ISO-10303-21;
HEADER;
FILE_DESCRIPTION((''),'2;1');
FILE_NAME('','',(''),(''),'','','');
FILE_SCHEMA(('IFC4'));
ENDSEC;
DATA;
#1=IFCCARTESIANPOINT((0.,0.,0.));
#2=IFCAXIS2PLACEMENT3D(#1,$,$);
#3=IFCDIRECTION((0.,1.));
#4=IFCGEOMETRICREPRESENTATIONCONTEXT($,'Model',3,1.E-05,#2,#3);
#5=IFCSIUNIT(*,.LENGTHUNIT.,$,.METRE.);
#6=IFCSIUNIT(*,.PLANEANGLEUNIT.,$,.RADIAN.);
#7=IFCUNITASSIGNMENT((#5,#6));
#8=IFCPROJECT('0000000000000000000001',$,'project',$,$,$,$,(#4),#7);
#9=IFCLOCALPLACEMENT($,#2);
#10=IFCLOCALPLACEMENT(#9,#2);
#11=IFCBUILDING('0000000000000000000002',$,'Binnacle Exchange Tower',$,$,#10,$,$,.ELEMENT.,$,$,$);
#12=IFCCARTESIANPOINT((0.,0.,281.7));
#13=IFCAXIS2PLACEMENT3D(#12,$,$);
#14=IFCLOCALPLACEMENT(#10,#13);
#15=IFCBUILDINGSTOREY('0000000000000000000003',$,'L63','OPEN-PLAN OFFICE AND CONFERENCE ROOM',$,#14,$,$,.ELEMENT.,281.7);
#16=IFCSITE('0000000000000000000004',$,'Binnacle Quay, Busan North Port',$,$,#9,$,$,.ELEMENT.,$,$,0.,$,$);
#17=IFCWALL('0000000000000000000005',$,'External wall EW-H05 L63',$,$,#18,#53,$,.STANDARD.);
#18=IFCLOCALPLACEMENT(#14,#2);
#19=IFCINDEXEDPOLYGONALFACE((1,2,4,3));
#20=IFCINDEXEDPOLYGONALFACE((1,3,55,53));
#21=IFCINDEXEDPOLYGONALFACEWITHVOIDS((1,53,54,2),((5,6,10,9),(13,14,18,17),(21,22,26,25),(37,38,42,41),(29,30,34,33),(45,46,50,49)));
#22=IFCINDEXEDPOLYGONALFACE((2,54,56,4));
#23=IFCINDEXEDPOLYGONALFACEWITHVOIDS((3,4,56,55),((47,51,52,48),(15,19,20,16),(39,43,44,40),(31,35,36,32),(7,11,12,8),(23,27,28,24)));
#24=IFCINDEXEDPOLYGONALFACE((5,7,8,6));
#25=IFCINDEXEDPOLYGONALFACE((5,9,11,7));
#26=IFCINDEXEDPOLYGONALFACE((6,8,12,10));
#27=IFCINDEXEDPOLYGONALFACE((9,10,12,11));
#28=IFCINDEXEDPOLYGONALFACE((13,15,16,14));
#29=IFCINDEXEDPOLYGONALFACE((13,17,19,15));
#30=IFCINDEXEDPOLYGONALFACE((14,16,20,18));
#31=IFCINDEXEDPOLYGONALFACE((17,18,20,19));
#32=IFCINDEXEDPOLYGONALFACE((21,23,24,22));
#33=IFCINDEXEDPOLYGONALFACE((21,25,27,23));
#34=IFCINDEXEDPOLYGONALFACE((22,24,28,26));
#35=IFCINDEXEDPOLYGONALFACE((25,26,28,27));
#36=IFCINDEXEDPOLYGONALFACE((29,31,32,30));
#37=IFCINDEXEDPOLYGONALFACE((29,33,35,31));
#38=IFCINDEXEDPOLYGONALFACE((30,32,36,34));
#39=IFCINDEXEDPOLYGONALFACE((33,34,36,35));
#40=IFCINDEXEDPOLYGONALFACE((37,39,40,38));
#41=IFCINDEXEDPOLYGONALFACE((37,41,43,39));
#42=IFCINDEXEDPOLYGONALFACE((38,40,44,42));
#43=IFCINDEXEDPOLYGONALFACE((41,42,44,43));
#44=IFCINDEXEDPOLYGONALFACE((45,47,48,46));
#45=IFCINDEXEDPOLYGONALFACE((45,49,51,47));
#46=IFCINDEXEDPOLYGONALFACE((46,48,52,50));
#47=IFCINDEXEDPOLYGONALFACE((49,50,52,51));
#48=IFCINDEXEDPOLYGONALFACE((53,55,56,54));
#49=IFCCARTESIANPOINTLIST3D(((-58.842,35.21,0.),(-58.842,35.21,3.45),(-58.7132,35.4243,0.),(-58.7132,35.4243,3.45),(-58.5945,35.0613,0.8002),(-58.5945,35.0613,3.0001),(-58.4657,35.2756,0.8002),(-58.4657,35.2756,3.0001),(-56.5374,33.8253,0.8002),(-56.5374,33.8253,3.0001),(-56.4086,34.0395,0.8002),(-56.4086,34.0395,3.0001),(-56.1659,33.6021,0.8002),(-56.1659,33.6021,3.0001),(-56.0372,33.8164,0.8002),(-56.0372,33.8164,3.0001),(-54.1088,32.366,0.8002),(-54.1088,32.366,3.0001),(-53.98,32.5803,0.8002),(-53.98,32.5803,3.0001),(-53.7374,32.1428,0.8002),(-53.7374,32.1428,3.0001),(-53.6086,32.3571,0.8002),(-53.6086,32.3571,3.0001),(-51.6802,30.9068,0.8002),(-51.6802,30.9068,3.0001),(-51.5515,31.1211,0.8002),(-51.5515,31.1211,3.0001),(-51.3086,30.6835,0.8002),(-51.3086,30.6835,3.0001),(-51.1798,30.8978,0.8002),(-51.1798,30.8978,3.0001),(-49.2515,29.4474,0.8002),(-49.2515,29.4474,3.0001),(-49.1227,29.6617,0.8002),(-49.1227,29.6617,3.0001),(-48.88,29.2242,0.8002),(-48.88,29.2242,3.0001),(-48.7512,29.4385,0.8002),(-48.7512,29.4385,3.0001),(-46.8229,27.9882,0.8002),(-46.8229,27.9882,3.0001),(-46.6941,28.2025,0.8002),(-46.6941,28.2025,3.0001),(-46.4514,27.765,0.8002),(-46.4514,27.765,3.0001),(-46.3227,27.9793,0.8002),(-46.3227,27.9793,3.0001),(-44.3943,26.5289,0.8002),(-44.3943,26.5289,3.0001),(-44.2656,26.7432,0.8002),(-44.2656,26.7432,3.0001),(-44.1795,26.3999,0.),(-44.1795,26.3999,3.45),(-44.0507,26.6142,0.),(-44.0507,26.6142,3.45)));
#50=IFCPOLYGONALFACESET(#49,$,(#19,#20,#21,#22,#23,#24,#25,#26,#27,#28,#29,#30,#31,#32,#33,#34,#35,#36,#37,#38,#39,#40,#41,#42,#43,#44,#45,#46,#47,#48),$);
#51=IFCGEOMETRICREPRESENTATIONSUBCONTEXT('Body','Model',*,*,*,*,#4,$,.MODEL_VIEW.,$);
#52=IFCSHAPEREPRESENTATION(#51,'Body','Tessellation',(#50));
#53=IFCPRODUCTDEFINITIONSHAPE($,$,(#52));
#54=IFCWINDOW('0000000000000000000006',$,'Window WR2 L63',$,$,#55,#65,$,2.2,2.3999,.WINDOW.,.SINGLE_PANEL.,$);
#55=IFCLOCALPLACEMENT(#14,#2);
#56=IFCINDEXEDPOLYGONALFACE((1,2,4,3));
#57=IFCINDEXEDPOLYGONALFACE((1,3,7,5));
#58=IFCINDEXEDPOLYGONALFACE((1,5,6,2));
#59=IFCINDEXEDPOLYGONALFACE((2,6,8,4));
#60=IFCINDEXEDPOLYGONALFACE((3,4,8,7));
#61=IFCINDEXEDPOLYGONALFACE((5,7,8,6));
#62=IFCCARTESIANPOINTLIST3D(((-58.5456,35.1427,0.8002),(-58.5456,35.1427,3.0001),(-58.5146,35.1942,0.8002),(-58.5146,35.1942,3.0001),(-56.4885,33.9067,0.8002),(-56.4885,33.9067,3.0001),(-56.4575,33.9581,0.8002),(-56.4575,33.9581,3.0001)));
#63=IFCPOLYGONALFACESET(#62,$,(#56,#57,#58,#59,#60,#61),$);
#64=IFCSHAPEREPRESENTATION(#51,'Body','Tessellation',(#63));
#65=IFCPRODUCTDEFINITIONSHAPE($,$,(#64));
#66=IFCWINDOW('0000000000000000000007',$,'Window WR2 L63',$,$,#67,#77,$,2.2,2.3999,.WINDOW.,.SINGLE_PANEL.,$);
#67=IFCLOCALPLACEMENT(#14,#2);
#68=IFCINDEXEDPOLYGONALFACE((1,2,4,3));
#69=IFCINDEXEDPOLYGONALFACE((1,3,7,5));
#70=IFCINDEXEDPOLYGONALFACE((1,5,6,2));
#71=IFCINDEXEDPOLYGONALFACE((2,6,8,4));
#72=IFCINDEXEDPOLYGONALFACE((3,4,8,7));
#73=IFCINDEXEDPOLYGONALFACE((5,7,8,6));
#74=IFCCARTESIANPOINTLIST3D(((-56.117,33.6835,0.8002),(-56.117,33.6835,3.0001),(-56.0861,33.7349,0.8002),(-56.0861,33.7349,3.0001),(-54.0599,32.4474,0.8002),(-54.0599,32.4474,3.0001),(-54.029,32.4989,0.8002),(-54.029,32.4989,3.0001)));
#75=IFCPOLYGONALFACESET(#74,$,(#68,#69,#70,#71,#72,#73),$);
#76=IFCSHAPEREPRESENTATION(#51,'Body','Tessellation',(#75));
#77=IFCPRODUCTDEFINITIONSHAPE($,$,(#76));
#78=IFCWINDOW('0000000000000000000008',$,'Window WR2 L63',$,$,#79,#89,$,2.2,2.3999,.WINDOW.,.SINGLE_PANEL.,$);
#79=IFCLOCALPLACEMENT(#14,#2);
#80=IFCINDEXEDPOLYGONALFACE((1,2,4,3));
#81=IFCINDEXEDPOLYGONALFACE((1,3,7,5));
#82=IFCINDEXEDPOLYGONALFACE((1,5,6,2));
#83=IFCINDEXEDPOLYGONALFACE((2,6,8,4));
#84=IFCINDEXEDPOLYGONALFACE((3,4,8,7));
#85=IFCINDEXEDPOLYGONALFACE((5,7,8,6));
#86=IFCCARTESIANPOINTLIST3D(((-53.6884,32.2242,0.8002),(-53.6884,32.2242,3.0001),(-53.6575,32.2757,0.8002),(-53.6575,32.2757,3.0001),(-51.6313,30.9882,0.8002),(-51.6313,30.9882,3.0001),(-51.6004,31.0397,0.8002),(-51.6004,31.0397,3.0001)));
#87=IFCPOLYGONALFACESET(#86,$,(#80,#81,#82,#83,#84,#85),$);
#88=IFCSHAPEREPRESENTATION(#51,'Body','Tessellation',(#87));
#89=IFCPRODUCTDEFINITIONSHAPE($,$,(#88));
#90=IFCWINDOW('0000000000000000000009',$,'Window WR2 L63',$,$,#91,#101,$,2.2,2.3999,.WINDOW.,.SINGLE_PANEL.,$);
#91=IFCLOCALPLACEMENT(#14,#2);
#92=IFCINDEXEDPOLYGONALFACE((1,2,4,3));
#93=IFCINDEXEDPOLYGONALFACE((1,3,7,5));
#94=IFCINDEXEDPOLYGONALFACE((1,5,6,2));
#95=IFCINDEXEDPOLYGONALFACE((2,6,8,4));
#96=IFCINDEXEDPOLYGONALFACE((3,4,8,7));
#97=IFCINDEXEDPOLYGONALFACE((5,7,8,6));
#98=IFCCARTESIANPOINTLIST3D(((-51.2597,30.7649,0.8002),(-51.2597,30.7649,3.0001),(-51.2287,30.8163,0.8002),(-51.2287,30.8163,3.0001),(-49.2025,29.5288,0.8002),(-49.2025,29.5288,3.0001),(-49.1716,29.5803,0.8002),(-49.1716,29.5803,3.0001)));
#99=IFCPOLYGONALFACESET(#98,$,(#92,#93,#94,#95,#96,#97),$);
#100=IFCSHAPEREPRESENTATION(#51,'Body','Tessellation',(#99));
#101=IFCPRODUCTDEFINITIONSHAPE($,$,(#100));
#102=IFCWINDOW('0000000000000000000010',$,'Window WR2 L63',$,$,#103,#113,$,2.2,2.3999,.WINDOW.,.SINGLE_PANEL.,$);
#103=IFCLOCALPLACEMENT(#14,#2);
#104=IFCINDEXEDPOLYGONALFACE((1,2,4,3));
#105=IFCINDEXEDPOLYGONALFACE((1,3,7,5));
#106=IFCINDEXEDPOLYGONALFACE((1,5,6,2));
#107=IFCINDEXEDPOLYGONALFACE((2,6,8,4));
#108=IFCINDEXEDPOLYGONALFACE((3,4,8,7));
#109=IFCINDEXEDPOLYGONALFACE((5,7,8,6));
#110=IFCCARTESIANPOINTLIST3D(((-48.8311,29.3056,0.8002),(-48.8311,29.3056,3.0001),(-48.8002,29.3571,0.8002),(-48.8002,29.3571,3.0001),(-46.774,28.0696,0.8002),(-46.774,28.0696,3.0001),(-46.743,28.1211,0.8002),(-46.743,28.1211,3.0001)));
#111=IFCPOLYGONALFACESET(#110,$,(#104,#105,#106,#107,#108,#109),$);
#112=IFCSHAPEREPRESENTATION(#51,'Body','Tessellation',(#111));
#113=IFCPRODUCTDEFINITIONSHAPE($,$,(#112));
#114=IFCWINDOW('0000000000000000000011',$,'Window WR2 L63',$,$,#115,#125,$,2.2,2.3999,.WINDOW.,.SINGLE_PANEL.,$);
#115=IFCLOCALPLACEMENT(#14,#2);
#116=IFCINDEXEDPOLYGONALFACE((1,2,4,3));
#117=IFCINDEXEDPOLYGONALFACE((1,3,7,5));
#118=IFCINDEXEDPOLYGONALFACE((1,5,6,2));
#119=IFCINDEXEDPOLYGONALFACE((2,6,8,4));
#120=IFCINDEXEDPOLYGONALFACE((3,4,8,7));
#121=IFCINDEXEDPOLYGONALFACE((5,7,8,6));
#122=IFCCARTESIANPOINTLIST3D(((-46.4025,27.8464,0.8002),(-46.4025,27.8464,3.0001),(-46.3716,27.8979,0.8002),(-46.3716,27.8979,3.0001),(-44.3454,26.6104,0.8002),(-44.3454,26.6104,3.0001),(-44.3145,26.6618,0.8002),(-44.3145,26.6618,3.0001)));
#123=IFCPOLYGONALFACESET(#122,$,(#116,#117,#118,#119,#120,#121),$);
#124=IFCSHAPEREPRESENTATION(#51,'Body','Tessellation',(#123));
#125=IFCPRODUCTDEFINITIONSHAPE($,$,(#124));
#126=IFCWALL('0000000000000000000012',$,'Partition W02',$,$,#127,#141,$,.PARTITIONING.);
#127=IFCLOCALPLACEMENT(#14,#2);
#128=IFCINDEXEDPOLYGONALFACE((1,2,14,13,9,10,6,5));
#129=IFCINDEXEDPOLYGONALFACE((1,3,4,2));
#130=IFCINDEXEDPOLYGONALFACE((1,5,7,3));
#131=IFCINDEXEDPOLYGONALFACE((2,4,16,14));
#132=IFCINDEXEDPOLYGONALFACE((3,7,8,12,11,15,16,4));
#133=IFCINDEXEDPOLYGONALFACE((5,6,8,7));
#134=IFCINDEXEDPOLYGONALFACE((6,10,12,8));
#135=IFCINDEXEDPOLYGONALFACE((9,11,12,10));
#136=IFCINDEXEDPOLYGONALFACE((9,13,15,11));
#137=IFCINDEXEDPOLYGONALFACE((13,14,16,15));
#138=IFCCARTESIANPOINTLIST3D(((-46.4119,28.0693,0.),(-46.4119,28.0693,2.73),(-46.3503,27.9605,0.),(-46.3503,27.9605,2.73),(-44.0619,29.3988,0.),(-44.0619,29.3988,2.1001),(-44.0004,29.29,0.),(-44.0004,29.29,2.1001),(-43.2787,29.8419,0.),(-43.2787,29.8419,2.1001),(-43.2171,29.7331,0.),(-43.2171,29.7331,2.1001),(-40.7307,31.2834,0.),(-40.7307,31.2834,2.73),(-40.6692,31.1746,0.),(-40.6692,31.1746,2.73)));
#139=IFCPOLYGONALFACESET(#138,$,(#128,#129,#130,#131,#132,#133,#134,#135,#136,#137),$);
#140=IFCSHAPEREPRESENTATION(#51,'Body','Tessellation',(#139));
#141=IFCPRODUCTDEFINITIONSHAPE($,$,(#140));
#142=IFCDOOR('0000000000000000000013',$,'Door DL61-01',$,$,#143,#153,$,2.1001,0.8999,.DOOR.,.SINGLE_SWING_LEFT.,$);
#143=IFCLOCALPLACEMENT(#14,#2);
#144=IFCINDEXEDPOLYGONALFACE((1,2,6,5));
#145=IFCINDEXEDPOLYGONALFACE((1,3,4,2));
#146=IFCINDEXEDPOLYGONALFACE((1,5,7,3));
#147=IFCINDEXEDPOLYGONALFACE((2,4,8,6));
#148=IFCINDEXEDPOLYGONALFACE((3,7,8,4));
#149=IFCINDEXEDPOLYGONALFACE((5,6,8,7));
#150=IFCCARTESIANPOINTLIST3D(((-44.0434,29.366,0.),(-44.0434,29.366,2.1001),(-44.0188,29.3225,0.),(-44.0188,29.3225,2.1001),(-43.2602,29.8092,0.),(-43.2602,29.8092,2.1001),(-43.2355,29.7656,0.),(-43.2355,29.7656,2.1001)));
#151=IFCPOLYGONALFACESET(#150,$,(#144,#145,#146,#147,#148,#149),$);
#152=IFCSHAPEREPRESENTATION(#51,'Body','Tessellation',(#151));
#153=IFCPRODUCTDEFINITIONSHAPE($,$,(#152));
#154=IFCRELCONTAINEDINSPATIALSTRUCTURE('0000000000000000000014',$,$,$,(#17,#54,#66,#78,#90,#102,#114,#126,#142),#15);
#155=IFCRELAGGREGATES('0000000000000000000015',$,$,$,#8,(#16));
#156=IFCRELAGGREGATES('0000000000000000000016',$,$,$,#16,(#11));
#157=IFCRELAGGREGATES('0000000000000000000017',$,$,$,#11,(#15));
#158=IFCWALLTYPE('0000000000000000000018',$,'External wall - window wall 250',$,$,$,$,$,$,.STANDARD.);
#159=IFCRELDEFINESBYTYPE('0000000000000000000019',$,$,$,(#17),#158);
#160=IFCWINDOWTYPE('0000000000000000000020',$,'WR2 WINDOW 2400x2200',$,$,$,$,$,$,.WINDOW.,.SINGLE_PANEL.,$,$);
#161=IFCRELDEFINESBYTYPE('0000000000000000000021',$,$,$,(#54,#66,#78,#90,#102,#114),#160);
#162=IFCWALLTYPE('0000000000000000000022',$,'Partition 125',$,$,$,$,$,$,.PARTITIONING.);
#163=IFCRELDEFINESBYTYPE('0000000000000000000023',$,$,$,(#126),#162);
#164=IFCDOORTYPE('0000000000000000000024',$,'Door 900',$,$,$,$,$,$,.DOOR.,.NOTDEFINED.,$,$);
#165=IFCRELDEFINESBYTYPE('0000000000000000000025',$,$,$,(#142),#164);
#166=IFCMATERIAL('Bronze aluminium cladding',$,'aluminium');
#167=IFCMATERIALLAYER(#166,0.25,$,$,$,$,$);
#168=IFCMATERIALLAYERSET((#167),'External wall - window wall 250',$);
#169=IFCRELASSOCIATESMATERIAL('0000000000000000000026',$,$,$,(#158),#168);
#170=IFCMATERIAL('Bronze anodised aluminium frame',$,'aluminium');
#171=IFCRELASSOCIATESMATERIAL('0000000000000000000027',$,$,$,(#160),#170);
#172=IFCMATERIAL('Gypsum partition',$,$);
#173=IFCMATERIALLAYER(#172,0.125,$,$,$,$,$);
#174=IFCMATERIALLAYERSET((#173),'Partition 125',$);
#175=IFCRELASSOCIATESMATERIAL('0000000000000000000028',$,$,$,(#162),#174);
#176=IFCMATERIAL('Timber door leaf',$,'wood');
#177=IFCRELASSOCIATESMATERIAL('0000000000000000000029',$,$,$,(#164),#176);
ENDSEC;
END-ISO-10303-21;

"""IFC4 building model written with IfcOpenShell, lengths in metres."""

from ifc_helpers import new_model, si_unit, direction, frame, frame_2d, origin, place, context, subcontext, project, spatial, rectangle, extrude, material, layer, layer_set, type_object, element, fill, save


model = new_model("IFC4")

# Units and contexts
model_context = context("Model", 3, precision=1e-05, world=origin(), true_north=direction((0.0, 1.0)))
body_context = subcontext(model_context, "Body", "Model", "MODEL_VIEW")
ifc_project = project(units=[si_unit("LENGTHUNIT", "METRE"), si_unit("PLANEANGLEUNIT", "RADIAN")], contexts=[model_context])

# Site, building, storey
site_placement = place(None, origin())
site = spatial("IfcSite", under=ifc_project, at=site_placement, Name="Binnacle Quay, Busan North Port", CompositionType="ELEMENT", RefElevation=0.0)
building_placement = place(site_placement, origin())
building = spatial("IfcBuilding", under=site, at=building_placement, Name="Binnacle Exchange Tower", CompositionType="ELEMENT")
storey_placement = place(building_placement, frame((0.0, 0.0, 281.7)))
storey = spatial("IfcBuildingStorey", under=building, at=storey_placement, Name="L63", Description="OPEN-PLAN OFFICE AND CONFERENCE ROOM", CompositionType="ELEMENT", Elevation=281.7)

# Shared definitions
ifc_material_1 = material(Name="Bronze aluminium cladding", Category="aluminium")
ifc_layer_1 = layer(ifc_material_1, 0.25)
ifc_layer_set_1 = layer_set([ifc_layer_1], Name="External wall - window wall 250")
wall_type_1 = type_object("IfcWallType", Name="External wall - window wall 250", PredefinedType="STANDARD", material=ifc_layer_set_1)

# Wall, openings, windows
wall_1_placement = place(storey_placement, frame((-44.1152, 26.5071, 0.0), z_axis=(0.0, 0.0, 1.0), x_axis=(-0.857167, 0.515039, 0.0)))
wall_1 = element("IfcWall", 1, at=wall_1_placement, inside=storey, type_object=wall_type_1, Name="External wall EW-H05 L63", PredefinedType="STANDARD", context=body_context, shape_type="SweptSolid", body=[
    extrude(rectangle(XDim=17.1057, YDim=0.25, at=frame_2d((8.5527, 0.0))), origin(), (0.0, 0.0, 1.0), 3.45),
])
opening_1_placement = place(wall_1_placement, frame((14.417, 0.0, 0.8)))
opening_1 = element("IfcOpeningElement", 2, at=opening_1_placement, cuts=wall_1, PredefinedType="OPENING", context=body_context, shape_type="SweptSolid", body=[
    extrude(rectangle(XDim=2.3999, YDim=2.2, at=frame_2d((1.2, 1.1001))), frame((0.0, 0.135, 0.0), z_axis=(0.0, -1.0, 0.0), x_axis=(1.0, 0.0, 0.0)), (0.0, 0.0, 1.0), 0.27),
])
opening_2_placement = place(wall_1_placement, frame((11.5837, 0.0, 0.8)))
opening_2 = element("IfcOpeningElement", 3, at=opening_2_placement, cuts=wall_1, PredefinedType="OPENING", context=body_context, shape_type="SweptSolid", body=[
    extrude(rectangle(XDim=2.3999, YDim=2.2, at=frame_2d((1.2, 1.1001))), frame((0.0, 0.135, 0.0), z_axis=(0.0, -1.0, 0.0), x_axis=(1.0, 0.0, 0.0)), (0.0, 0.0, 1.0), 0.27),
])
opening_3_placement = place(wall_1_placement, frame((8.7505, 0.0, 0.8)))
opening_3 = element("IfcOpeningElement", 4, at=opening_3_placement, cuts=wall_1, PredefinedType="OPENING", context=body_context, shape_type="SweptSolid", body=[
    extrude(rectangle(XDim=2.3999, YDim=2.2, at=frame_2d((1.2, 1.1001))), frame((0.0, 0.135, 0.0), z_axis=(0.0, -1.0, 0.0), x_axis=(1.0, 0.0, 0.0)), (0.0, 0.0, 1.0), 0.27),
])
opening_4_placement = place(wall_1_placement, frame((5.917, 0.0, 0.8)))
opening_4 = element("IfcOpeningElement", 5, at=opening_4_placement, cuts=wall_1, PredefinedType="OPENING", context=body_context, shape_type="SweptSolid", body=[
    extrude(rectangle(XDim=2.3999, YDim=2.2, at=frame_2d((1.2, 1.1001))), frame((0.0, 0.135, 0.0), z_axis=(0.0, -1.0, 0.0), x_axis=(1.0, 0.0, 0.0)), (0.0, 0.0, 1.0), 0.27),
])
opening_5_placement = place(wall_1_placement, frame((3.0837, 0.0, 0.8)))
opening_5 = element("IfcOpeningElement", 6, at=opening_5_placement, cuts=wall_1, PredefinedType="OPENING", context=body_context, shape_type="SweptSolid", body=[
    extrude(rectangle(XDim=2.3999, YDim=2.2, at=frame_2d((1.2, 1.1001))), frame((0.0, 0.135, 0.0), z_axis=(0.0, -1.0, 0.0), x_axis=(1.0, 0.0, 0.0)), (0.0, 0.0, 1.0), 0.27),
])
opening_6_placement = place(wall_1_placement, frame((0.2505, 0.0, 0.8)))
opening_6 = element("IfcOpeningElement", 7, at=opening_6_placement, cuts=wall_1, PredefinedType="OPENING", context=body_context, shape_type="SweptSolid", body=[
    extrude(rectangle(XDim=2.3999, YDim=2.2, at=frame_2d((1.2, 1.1001))), frame((0.0, 0.135, 0.0), z_axis=(0.0, -1.0, 0.0), x_axis=(1.0, 0.0, 0.0)), (0.0, 0.0, 1.0), 0.27),
])
ifc_material_2 = material(Name="Bronze anodised aluminium frame", Category="aluminium")
window_type = type_object("IfcWindowType", Name="WR2 WINDOW 2400x2200", PartitioningType="SINGLE_PANEL", PredefinedType="WINDOW", material=ifc_material_2)
window_1_placement = place(opening_1_placement, origin())
window_1 = element("IfcWindow", 8, at=window_1_placement, inside=storey, type_object=window_type, Name="Window WR2 L63", OverallHeight=2.2, OverallWidth=2.3999, PartitioningType="SINGLE_PANEL", PredefinedType="WINDOW", context=body_context, shape_type="SweptSolid", body=[
    extrude(rectangle(XDim=2.3999, YDim=2.2, at=frame_2d((1.2, 1.1001))), frame((0.0, 0.03, 0.0), z_axis=(0.0, -1.0, 0.0), x_axis=(1.0, 0.0, 0.0)), (0.0, 0.0, 1.0), 0.0601),
])
fill(opening_1, window_1)
window_2_placement = place(opening_2_placement, origin())
window_2 = element("IfcWindow", 9, at=window_2_placement, inside=storey, type_object=window_type, Name="Window WR2 L63", OverallHeight=2.2, OverallWidth=2.3999, PartitioningType="SINGLE_PANEL", PredefinedType="WINDOW", context=body_context, shape_type="SweptSolid", body=[
    extrude(rectangle(XDim=2.3999, YDim=2.2, at=frame_2d((1.2, 1.1001))), frame((0.0, 0.03, 0.0), z_axis=(0.0, -1.0, 0.0), x_axis=(1.0, 0.0, 0.0)), (0.0, 0.0, 1.0), 0.0601),
])
fill(opening_2, window_2)
window_3_placement = place(opening_3_placement, origin())
window_3 = element("IfcWindow", 10, at=window_3_placement, inside=storey, type_object=window_type, Name="Window WR2 L63", OverallHeight=2.2, OverallWidth=2.3999, PartitioningType="SINGLE_PANEL", PredefinedType="WINDOW", context=body_context, shape_type="SweptSolid", body=[
    extrude(rectangle(XDim=2.3999, YDim=2.2, at=frame_2d((1.2, 1.1001))), frame((0.0, 0.03, 0.0), z_axis=(0.0, -1.0, 0.0), x_axis=(1.0, 0.0, 0.0)), (0.0, 0.0, 1.0), 0.0601),
])
fill(opening_3, window_3)
window_4_placement = place(opening_4_placement, origin())
window_4 = element("IfcWindow", 11, at=window_4_placement, inside=storey, type_object=window_type, Name="Window WR2 L63", OverallHeight=2.2, OverallWidth=2.3999, PartitioningType="SINGLE_PANEL", PredefinedType="WINDOW", context=body_context, shape_type="SweptSolid", body=[
    extrude(rectangle(XDim=2.3999, YDim=2.2, at=frame_2d((1.2, 1.1001))), frame((0.0, 0.03, 0.0), z_axis=(0.0, -1.0, 0.0), x_axis=(1.0, 0.0, 0.0)), (0.0, 0.0, 1.0), 0.0601),
])
fill(opening_4, window_4)
window_5_placement = place(opening_5_placement, origin())
window_5 = element("IfcWindow", 12, at=window_5_placement, inside=storey, type_object=window_type, Name="Window WR2 L63", OverallHeight=2.2, OverallWidth=2.3999, PartitioningType="SINGLE_PANEL", PredefinedType="WINDOW", context=body_context, shape_type="SweptSolid", body=[
    extrude(rectangle(XDim=2.3999, YDim=2.2, at=frame_2d((1.2, 1.1001))), frame((0.0, 0.03, 0.0), z_axis=(0.0, -1.0, 0.0), x_axis=(1.0, 0.0, 0.0)), (0.0, 0.0, 1.0), 0.0601),
])
fill(opening_5, window_5)
window_6_placement = place(opening_6_placement, origin())
window_6 = element("IfcWindow", 13, at=window_6_placement, inside=storey, type_object=window_type, Name="Window WR2 L63", OverallHeight=2.2, OverallWidth=2.3999, PartitioningType="SINGLE_PANEL", PredefinedType="WINDOW", context=body_context, shape_type="SweptSolid", body=[
    extrude(rectangle(XDim=2.3999, YDim=2.2, at=frame_2d((1.2, 1.1001))), frame((0.0, 0.03, 0.0), z_axis=(0.0, -1.0, 0.0), x_axis=(1.0, 0.0, 0.0)), (0.0, 0.0, 1.0), 0.0601),
])
fill(opening_6, window_6)

# Wall, opening, door
ifc_material_3 = material(Name="Gypsum partition")
ifc_layer_2 = layer(ifc_material_3, 0.125)
ifc_layer_set_2 = layer_set([ifc_layer_2], Name="Partition 125")
wall_type_2 = type_object("IfcWallType", Name="Partition 125", PredefinedType="PARTITIONING", material=ifc_layer_set_2)
wall_2_placement = place(storey_placement, frame((-46.3811, 28.0149, 0.0), z_axis=(0.0, 0.0, 1.0), x_axis=(0.870364, 0.492408, 0.0)))
wall_2 = element("IfcWall", 14, at=wall_2_placement, inside=storey, type_object=wall_type_2, Name="Partition W02", PredefinedType="PARTITIONING", context=body_context, shape_type="SweptSolid", body=[
    extrude(rectangle(XDim=6.5273, YDim=0.125, at=frame_2d((3.2637, 0.0))), origin(), (0.0, 0.0, 1.0), 2.73),
])
opening_7_placement = place(wall_2_placement, frame((2.7, 0.0, 0.0)))
opening_7 = element("IfcOpeningElement", 15, at=opening_7_placement, cuts=wall_2, PredefinedType="OPENING", context=body_context, shape_type="SweptSolid", body=[
    extrude(rectangle(XDim=0.8999, YDim=2.1001, at=frame_2d((0.45, 1.05))), frame((0.0, 0.0725, 0.0), z_axis=(0.0, -1.0, 0.0), x_axis=(1.0, 0.0, 0.0)), (0.0, 0.0, 1.0), 0.145),
])
ifc_material_4 = material(Name="Timber door leaf", Category="wood")
door_type_1 = type_object("IfcDoorType", Name="Door 900", OperationType="NOTDEFINED", PredefinedType="DOOR", material=ifc_material_4)
door_1_placement = place(opening_7_placement, origin())
door_1 = element("IfcDoor", 16, at=door_1_placement, inside=storey, type_object=door_type_1, Name="Door DL61-01", OperationType="SINGLE_SWING_LEFT", OverallHeight=2.1001, OverallWidth=0.8999, PredefinedType="DOOR", context=body_context, shape_type="SweptSolid", body=[
    extrude(rectangle(XDim=0.8999, YDim=2.1001, at=frame_2d((0.45, 1.05))), frame((0.0, 0.0249, 0.0), z_axis=(0.0, -1.0, 0.0), x_axis=(1.0, 0.0, 0.0)), (0.0, 0.0, 1.0), 0.05),
])
fill(opening_7, door_1)

save(model, "model.ifc")
